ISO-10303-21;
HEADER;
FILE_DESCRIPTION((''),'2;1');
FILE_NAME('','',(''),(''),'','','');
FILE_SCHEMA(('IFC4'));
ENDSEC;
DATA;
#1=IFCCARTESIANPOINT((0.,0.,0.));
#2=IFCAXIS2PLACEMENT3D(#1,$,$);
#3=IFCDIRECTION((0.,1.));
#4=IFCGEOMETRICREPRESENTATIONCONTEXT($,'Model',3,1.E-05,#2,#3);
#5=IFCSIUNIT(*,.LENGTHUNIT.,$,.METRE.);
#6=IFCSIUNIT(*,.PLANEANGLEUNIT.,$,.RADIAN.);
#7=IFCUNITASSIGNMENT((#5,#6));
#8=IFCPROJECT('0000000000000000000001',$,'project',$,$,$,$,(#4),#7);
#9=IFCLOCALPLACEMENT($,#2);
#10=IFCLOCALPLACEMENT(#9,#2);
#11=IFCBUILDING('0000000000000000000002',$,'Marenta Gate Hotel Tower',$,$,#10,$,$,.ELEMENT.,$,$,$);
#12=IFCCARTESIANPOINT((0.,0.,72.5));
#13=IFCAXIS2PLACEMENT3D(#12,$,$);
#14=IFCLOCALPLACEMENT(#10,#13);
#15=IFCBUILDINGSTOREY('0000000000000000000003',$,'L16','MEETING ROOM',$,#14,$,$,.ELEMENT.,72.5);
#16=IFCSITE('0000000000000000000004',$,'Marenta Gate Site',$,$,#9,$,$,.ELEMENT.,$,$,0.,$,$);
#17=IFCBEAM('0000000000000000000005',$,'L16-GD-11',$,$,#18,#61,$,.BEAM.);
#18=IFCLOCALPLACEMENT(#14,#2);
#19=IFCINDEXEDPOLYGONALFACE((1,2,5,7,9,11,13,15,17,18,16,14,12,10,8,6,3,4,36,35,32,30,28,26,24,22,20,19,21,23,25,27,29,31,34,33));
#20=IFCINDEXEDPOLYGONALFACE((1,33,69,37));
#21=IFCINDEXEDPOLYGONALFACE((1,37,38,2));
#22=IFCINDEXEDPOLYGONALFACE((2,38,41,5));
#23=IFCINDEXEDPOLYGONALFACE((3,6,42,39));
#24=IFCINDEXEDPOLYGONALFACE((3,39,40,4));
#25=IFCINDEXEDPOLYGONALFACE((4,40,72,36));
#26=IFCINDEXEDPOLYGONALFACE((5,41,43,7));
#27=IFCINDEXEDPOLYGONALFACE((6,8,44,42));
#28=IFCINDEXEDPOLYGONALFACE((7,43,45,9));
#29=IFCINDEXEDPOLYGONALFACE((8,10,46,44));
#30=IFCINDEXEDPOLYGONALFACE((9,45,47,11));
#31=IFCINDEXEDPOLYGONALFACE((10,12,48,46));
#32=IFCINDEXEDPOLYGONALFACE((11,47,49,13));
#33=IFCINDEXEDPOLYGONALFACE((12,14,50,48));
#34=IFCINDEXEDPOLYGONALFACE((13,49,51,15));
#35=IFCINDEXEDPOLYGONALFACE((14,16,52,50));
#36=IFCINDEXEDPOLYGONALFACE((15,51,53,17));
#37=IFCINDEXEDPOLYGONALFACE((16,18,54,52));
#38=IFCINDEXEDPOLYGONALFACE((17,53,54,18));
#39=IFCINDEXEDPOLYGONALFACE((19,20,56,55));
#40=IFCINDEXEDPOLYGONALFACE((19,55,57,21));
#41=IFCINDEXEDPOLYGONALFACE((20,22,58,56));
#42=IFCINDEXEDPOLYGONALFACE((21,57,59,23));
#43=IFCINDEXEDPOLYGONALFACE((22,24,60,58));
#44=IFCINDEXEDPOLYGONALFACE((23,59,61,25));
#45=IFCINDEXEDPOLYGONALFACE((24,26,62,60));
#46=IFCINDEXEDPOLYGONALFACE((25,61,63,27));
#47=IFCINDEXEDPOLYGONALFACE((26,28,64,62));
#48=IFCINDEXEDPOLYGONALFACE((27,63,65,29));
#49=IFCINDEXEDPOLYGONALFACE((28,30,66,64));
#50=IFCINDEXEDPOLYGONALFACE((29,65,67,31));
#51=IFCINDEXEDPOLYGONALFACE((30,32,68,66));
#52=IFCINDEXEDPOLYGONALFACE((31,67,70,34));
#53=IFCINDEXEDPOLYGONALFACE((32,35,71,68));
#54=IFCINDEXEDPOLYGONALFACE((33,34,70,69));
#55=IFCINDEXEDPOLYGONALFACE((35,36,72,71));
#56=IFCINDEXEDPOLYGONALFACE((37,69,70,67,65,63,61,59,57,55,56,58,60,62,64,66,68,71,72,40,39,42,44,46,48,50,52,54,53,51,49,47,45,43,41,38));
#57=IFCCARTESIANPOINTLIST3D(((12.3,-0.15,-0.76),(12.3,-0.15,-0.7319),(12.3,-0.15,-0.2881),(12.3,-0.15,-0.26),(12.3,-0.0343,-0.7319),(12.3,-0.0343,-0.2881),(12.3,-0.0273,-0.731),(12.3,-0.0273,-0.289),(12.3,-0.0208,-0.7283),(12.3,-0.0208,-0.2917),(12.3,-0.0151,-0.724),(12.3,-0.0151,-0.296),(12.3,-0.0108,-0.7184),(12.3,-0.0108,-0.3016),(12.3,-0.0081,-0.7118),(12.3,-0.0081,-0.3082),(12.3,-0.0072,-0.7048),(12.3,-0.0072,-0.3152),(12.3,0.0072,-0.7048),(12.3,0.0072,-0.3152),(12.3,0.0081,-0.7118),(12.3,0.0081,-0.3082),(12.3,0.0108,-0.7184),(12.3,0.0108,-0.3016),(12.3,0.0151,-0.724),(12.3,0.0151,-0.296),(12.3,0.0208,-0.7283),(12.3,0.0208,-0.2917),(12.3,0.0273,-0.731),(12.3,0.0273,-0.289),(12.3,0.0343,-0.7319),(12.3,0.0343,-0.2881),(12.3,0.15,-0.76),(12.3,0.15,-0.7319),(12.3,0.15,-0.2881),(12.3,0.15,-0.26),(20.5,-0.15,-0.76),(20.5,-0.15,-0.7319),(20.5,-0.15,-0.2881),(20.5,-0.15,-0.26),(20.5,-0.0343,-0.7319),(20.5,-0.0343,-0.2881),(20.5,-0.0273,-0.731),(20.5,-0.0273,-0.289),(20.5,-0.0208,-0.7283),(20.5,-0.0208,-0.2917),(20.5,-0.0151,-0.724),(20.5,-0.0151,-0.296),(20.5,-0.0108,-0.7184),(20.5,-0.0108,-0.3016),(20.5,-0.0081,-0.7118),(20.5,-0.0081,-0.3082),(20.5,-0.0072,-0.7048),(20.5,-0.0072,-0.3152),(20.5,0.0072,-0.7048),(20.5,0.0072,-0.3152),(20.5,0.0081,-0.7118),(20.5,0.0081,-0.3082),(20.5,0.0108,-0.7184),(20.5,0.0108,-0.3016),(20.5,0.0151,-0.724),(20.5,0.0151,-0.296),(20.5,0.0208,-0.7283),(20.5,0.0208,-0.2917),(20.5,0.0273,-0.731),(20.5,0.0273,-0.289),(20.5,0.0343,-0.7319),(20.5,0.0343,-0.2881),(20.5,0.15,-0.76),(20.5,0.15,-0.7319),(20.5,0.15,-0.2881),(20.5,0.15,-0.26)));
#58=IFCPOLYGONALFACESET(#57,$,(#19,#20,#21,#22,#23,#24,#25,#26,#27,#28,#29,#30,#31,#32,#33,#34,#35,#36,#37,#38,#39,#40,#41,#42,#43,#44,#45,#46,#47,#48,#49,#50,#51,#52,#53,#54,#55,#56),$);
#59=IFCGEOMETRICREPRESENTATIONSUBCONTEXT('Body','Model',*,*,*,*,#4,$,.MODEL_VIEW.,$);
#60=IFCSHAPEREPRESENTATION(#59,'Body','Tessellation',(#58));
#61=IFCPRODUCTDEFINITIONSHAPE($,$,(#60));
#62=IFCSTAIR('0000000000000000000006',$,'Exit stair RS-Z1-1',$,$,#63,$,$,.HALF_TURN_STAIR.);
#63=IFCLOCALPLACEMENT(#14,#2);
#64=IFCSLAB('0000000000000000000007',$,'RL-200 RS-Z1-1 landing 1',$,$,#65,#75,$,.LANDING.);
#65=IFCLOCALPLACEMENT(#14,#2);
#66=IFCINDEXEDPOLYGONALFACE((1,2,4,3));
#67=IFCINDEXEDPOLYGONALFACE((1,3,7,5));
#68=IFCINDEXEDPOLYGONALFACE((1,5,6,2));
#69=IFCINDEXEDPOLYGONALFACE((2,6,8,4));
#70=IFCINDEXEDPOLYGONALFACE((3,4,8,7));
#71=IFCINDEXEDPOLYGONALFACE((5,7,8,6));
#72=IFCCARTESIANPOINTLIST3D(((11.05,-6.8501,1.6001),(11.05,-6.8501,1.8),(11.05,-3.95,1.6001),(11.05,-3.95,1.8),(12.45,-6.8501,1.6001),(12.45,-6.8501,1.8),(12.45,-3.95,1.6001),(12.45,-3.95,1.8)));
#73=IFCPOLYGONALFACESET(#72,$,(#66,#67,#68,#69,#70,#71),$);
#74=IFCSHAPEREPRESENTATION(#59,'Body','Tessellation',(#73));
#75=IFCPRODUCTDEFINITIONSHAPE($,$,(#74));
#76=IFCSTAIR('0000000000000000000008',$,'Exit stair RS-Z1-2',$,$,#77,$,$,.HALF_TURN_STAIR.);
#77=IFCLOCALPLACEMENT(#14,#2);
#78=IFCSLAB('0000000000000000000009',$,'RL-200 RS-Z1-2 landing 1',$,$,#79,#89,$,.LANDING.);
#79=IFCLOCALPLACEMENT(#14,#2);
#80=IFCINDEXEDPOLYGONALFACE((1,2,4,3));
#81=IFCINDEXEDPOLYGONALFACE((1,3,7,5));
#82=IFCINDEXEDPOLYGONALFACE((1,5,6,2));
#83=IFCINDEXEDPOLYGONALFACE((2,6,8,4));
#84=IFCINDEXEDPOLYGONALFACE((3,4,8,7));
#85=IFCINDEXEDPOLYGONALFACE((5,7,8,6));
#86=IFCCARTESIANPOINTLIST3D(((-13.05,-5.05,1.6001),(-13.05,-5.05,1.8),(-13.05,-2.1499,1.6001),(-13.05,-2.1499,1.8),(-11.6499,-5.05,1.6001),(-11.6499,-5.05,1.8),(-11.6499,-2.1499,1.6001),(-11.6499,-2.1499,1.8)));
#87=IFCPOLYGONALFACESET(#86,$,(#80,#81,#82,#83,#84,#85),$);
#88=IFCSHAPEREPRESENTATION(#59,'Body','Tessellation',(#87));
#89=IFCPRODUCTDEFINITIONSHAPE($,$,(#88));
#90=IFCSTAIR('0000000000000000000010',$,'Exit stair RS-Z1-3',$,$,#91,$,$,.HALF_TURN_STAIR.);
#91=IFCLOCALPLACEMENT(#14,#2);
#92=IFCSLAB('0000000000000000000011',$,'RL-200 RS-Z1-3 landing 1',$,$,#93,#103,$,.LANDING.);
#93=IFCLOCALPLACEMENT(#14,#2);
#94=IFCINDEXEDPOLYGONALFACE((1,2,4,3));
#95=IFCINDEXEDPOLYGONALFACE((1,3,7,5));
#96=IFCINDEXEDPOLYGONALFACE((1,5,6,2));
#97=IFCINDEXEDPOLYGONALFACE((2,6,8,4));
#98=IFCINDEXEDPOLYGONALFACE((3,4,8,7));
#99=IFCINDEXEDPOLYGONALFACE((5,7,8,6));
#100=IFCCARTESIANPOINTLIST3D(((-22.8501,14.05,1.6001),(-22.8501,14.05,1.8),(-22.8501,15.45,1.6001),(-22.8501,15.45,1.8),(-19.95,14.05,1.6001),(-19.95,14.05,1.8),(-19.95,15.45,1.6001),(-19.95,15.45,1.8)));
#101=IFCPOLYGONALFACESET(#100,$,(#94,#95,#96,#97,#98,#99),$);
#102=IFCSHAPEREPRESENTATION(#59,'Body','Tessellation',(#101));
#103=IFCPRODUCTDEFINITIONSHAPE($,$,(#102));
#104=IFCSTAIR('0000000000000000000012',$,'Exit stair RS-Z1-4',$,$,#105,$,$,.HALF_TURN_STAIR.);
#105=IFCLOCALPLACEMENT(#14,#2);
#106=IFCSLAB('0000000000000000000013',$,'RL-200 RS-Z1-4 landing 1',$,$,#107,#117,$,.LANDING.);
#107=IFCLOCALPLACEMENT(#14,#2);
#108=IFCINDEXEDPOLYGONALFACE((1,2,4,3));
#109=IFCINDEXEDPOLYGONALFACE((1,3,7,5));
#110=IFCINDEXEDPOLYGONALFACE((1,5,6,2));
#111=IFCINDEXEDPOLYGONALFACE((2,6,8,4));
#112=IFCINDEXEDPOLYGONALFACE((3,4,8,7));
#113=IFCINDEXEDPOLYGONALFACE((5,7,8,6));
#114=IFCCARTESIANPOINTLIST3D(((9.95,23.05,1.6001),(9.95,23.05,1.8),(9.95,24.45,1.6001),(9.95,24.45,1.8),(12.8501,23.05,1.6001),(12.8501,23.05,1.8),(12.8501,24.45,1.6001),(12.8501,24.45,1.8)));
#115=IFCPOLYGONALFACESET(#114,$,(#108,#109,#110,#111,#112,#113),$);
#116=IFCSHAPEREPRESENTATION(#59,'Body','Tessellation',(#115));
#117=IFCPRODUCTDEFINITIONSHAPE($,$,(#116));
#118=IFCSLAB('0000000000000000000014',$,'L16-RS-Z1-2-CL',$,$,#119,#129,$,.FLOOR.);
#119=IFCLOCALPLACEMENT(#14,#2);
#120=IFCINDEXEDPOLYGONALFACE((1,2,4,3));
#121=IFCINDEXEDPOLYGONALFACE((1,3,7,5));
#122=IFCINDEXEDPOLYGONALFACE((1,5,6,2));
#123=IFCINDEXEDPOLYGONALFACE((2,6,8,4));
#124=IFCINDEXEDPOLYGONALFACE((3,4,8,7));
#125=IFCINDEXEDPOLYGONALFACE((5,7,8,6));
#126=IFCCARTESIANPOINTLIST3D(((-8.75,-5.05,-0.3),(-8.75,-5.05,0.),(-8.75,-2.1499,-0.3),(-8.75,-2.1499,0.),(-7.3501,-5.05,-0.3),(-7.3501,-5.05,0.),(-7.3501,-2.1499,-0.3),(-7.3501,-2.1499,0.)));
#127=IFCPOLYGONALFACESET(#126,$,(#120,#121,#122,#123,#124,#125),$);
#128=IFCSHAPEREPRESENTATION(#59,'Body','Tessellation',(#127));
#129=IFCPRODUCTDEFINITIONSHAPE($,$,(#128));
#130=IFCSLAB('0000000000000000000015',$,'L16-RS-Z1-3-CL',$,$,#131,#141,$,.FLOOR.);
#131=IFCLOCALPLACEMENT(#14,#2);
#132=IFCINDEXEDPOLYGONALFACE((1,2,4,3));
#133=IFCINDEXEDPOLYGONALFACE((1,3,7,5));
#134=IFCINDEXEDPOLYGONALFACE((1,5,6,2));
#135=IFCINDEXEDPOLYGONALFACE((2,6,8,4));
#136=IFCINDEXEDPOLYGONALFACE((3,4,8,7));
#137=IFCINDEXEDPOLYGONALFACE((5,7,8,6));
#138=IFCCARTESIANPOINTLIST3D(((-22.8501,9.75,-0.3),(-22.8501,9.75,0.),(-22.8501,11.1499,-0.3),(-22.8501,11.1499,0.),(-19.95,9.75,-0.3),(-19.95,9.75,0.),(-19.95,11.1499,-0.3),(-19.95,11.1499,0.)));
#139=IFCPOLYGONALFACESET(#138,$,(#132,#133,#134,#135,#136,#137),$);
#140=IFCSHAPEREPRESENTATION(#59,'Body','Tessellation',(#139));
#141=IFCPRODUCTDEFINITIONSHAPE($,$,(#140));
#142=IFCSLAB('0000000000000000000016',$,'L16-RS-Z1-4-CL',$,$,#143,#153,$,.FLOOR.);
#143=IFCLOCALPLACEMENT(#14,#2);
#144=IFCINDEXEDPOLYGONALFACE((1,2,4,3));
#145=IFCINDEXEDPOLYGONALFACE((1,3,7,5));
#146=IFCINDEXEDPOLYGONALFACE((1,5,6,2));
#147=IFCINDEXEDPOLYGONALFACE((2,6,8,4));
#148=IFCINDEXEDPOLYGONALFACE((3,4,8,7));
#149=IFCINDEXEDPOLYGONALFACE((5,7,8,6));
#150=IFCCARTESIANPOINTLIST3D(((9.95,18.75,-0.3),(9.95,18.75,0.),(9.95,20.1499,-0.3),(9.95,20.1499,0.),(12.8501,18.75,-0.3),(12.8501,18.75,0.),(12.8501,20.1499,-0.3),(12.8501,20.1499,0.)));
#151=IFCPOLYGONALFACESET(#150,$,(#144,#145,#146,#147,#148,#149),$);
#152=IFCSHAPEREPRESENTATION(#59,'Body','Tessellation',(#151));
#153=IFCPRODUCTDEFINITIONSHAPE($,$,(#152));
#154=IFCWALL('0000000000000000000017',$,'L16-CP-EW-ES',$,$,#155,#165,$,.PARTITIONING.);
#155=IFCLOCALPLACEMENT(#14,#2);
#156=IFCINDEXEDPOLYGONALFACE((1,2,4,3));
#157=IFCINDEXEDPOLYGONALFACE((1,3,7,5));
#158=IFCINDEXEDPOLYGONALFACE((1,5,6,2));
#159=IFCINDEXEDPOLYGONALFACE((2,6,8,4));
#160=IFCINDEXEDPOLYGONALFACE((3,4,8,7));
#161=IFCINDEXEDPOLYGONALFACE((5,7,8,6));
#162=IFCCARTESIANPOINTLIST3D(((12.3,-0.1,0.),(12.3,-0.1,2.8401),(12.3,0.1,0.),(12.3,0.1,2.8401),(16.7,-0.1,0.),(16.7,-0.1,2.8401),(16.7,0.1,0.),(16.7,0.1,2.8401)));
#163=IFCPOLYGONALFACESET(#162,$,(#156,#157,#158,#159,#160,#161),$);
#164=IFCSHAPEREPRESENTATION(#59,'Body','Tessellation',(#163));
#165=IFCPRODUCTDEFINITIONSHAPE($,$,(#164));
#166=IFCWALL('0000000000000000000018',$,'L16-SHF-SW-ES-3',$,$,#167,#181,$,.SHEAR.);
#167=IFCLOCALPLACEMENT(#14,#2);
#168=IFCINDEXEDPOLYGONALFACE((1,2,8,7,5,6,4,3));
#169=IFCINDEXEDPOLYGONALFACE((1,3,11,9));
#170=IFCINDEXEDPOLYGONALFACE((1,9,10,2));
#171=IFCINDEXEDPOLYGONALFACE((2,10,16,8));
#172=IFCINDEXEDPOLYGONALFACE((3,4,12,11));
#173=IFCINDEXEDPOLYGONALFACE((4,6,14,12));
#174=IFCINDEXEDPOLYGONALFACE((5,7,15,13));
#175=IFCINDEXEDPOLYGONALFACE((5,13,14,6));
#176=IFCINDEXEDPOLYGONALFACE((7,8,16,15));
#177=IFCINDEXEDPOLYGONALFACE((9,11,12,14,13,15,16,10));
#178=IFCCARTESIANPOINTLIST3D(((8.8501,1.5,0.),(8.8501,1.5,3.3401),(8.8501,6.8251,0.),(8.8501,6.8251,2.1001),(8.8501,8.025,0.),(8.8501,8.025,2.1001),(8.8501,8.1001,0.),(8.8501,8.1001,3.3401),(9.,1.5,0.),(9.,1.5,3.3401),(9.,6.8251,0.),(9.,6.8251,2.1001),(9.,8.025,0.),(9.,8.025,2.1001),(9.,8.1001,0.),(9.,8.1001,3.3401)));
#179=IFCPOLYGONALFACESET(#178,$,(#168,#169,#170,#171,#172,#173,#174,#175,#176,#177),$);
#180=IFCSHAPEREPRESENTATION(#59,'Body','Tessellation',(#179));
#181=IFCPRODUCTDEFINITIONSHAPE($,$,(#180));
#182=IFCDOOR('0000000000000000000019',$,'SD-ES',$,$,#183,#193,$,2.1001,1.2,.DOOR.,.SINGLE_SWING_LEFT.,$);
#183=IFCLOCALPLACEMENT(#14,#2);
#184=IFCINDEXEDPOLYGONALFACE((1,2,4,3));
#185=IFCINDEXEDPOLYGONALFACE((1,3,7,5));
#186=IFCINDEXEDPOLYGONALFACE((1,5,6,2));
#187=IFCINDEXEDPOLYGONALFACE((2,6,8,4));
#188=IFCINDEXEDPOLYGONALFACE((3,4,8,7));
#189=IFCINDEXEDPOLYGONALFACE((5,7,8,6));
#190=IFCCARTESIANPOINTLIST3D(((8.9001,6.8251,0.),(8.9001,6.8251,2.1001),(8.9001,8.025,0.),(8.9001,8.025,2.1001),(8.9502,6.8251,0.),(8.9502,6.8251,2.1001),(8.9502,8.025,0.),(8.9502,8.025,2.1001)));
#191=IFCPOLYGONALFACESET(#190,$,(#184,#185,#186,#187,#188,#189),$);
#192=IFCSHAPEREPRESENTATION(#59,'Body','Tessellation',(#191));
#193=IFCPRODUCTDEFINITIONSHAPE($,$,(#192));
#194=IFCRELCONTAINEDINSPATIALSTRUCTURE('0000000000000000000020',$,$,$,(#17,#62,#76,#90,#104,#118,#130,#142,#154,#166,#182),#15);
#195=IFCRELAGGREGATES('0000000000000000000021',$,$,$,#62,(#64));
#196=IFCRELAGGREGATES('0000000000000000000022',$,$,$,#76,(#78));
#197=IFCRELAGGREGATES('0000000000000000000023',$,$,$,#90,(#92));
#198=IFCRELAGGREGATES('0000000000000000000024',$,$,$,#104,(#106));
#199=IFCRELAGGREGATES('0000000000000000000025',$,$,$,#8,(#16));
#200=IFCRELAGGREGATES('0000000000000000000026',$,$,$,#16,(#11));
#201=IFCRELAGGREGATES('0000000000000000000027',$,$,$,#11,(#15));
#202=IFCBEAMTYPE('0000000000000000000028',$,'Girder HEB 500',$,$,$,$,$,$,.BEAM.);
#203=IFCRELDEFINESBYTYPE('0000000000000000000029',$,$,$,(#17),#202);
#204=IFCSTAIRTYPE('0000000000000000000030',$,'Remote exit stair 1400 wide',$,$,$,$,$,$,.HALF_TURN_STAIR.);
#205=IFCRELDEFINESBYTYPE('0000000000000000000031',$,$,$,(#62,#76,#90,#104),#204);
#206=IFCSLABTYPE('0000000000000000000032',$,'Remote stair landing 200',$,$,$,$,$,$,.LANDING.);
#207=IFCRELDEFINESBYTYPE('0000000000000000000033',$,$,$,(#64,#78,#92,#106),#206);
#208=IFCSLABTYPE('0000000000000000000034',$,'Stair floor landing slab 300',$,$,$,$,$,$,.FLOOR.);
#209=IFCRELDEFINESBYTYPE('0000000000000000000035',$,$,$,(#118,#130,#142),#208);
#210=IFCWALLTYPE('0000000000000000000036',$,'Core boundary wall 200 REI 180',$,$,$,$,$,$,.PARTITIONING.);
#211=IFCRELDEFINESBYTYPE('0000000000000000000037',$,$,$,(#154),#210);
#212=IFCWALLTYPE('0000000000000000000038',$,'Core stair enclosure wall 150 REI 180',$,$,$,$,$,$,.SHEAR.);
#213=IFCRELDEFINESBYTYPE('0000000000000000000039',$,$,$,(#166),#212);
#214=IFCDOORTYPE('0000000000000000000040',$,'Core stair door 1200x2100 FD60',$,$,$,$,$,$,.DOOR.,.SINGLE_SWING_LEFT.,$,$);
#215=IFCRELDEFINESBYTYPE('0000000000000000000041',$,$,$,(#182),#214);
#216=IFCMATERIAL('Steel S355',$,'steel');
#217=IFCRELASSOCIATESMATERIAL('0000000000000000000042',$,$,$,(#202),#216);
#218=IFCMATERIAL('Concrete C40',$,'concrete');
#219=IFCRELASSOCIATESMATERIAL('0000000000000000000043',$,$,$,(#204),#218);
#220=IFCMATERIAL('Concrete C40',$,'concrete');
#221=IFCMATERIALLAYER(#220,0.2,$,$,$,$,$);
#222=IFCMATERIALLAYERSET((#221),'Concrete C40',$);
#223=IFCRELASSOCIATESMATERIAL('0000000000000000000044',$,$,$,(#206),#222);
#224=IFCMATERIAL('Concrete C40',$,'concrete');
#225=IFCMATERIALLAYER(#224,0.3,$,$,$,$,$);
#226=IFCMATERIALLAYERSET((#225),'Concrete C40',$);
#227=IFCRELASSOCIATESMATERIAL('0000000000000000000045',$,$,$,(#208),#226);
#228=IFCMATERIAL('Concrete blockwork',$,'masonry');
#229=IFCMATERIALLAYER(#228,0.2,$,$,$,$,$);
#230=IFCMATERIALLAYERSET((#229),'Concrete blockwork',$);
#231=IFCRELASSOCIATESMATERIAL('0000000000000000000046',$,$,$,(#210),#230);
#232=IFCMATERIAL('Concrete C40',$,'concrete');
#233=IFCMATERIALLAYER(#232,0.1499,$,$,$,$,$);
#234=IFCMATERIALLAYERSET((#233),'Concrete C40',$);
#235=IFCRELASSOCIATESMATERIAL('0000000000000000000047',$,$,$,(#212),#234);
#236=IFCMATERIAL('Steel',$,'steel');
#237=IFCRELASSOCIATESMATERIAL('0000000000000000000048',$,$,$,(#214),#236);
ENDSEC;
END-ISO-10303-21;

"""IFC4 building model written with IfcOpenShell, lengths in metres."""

from ifc_helpers import new_model, si_unit, direction, frame, frame_2d, origin, origin_2d, place, context, subcontext, project, spatial, polyline, rectangle, i_section, outline, extrude, material, layer, layer_set, material_profile, profile_set, type_object, element, fill, aggregate, save


model = new_model("IFC4")

# Units and contexts
model_context = context("Model", 3, precision=1e-05, world=origin(), true_north=direction((0.0, 1.0)))
body_context = subcontext(model_context, "Body", "Model", "MODEL_VIEW")
ifc_project = project(units=[si_unit("LENGTHUNIT", "METRE"), si_unit("PLANEANGLEUNIT", "RADIAN")], contexts=[model_context])

# Site, building, storey
site_placement = place(None, origin())
site = spatial("IfcSite", under=ifc_project, at=site_placement, Name="Marenta Gate Site", CompositionType="ELEMENT", RefElevation=0.0)
building_placement = place(site_placement, origin())
building = spatial("IfcBuilding", under=site, at=building_placement, Name="Marenta Gate Hotel Tower", CompositionType="ELEMENT")
storey_placement = place(building_placement, frame((0.0, 0.0, 72.5)))
storey = spatial("IfcBuildingStorey", under=building, at=storey_placement, Name="L16", Description="MEETING ROOM", CompositionType="ELEMENT", Elevation=72.5)

# Beam
ifc_material_1 = material(Name="Steel S355", Category="steel")
ifc_material_profile = material_profile(ifc_material_1, i_section(OverallWidth=0.3, OverallDepth=0.5, WebThickness=0.0144, FlangeThickness=0.0281, FilletRadius=0.0271, at=origin_2d()), Name="HEB 500")
ifc_profile_set = profile_set([ifc_material_profile], Name="Steel S355")
beam_type = type_object("IfcBeamType", Name="Girder HEB 500", PredefinedType="BEAM", material=ifc_profile_set)
beam_placement = place(storey_placement, frame((12.3, 0.0, -0.51), z_axis=(1.0, 0.0, 0.0), x_axis=(0.0, 1.0, 0.0)))
element("IfcBeam", 1, at=beam_placement, inside=storey, type_object=beam_type, Name="L16-GD-11", PredefinedType="BEAM", context=body_context, shape_type="SweptSolid", body=[
    extrude(i_section(OverallWidth=0.3, OverallDepth=0.5, WebThickness=0.0144, FlangeThickness=0.0281, FilletRadius=0.0271, at=origin_2d()), origin(), (0.0, 0.0, 1.0), 8.2),
])

# Stairs, slabs
ifc_material_2 = material(Name="Concrete C40", Category="concrete")
stair_type = type_object("IfcStairType", Name="Remote exit stair 1400 wide", PredefinedType="HALF_TURN_STAIR", material=ifc_material_2)
stair_1_placement = place(storey_placement, origin())
stair_1 = element("IfcStair", 2, at=stair_1_placement, inside=storey, type_object=stair_type, Name="Exit stair RS-Z1-1", PredefinedType="HALF_TURN_STAIR")
ifc_material_3 = material(Name="Concrete C40", Category="concrete")
ifc_layer_1 = layer(ifc_material_3, 0.2)
ifc_layer_set_1 = layer_set([ifc_layer_1], Name="Concrete C40")
slab_type_1 = type_object("IfcSlabType", Name="Remote stair landing 200", PredefinedType="LANDING", material=ifc_layer_set_1)
slab_1_placement = place(storey_placement, frame((0.0, 0.0, 1.6001)))
slab_1 = element("IfcSlab", 3, at=slab_1_placement, type_object=slab_type_1, Name="RL-200 RS-Z1-1 landing 1", PredefinedType="LANDING", context=body_context, shape_type="SweptSolid", body=[
    extrude(outline(polyline([(11.05, -6.8501), (12.45, -6.8501), (12.45, -3.95), (11.05, -3.95), (11.05, -6.8501)])), origin(), (0.0, 0.0, 1.0), 0.2),
])
aggregate(stair_1, [slab_1])
stair_2_placement = place(storey_placement, origin())
stair_2 = element("IfcStair", 4, at=stair_2_placement, inside=storey, type_object=stair_type, Name="Exit stair RS-Z1-2", PredefinedType="HALF_TURN_STAIR")
slab_2_placement = place(storey_placement, frame((0.0, 0.0, 1.6001)))
slab_2 = element("IfcSlab", 5, at=slab_2_placement, type_object=slab_type_1, Name="RL-200 RS-Z1-2 landing 1", PredefinedType="LANDING", context=body_context, shape_type="SweptSolid", body=[
    extrude(outline(polyline([(-13.05, -5.05), (-11.6499, -5.05), (-11.6499, -2.1499), (-13.05, -2.1499), (-13.05, -5.05)])), origin(), (0.0, 0.0, 1.0), 0.2),
])
aggregate(stair_2, [slab_2])
stair_3_placement = place(storey_placement, origin())
stair_3 = element("IfcStair", 6, at=stair_3_placement, inside=storey, type_object=stair_type, Name="Exit stair RS-Z1-3", PredefinedType="HALF_TURN_STAIR")
slab_3_placement = place(storey_placement, frame((0.0, 0.0, 1.6001)))
slab_3 = element("IfcSlab", 7, at=slab_3_placement, type_object=slab_type_1, Name="RL-200 RS-Z1-3 landing 1", PredefinedType="LANDING", context=body_context, shape_type="SweptSolid", body=[
    extrude(outline(polyline([(-22.8501, 14.05), (-19.95, 14.05), (-19.95, 15.45), (-22.8501, 15.45), (-22.8501, 14.05)])), origin(), (0.0, 0.0, 1.0), 0.2),
])
aggregate(stair_3, [slab_3])
stair_4_placement = place(storey_placement, origin())
stair_4 = element("IfcStair", 8, at=stair_4_placement, inside=storey, type_object=stair_type, Name="Exit stair RS-Z1-4", PredefinedType="HALF_TURN_STAIR")
slab_4_placement = place(storey_placement, frame((0.0, 0.0, 1.6001)))
slab_4 = element("IfcSlab", 9, at=slab_4_placement, type_object=slab_type_1, Name="RL-200 RS-Z1-4 landing 1", PredefinedType="LANDING", context=body_context, shape_type="SweptSolid", body=[
    extrude(outline(polyline([(9.95, 23.05), (12.8501, 23.05), (12.8501, 24.45), (9.95, 24.45), (9.95, 23.05)])), origin(), (0.0, 0.0, 1.0), 0.2),
])
aggregate(stair_4, [slab_4])

# Slabs
ifc_material_4 = material(Name="Concrete C40", Category="concrete")
ifc_layer_2 = layer(ifc_material_4, 0.3)
ifc_layer_set_2 = layer_set([ifc_layer_2], Name="Concrete C40")
slab_type_2 = type_object("IfcSlabType", Name="Stair floor landing slab 300", PredefinedType="FLOOR", material=ifc_layer_set_2)
slab_5_placement = place(storey_placement, frame((0.0, 0.0, -0.3)))
element("IfcSlab", 10, at=slab_5_placement, inside=storey, type_object=slab_type_2, Name="L16-RS-Z1-2-CL", PredefinedType="FLOOR", context=body_context, shape_type="SweptSolid", body=[
    extrude(outline(polyline([(-7.3501, -5.05), (-7.3501, -2.1499), (-8.75, -2.1499), (-8.75, -5.05), (-7.3501, -5.05)])), origin(), (0.0, 0.0, 1.0), 0.3),
])
slab_6_placement = place(storey_placement, frame((0.0, 0.0, -0.3)))
element("IfcSlab", 11, at=slab_6_placement, inside=storey, type_object=slab_type_2, Name="L16-RS-Z1-3-CL", PredefinedType="FLOOR", context=body_context, shape_type="SweptSolid", body=[
    extrude(outline(polyline([(-19.95, 9.75), (-19.95, 11.1499), (-22.8501, 11.1499), (-22.8501, 9.75), (-19.95, 9.75)])), origin(), (0.0, 0.0, 1.0), 0.3),
])
slab_7_placement = place(storey_placement, frame((0.0, 0.0, -0.3)))
element("IfcSlab", 12, at=slab_7_placement, inside=storey, type_object=slab_type_2, Name="L16-RS-Z1-4-CL", PredefinedType="FLOOR", context=body_context, shape_type="SweptSolid", body=[
    extrude(outline(polyline([(12.8501, 18.75), (12.8501, 20.1499), (9.95, 20.1499), (9.95, 18.75), (12.8501, 18.75)])), origin(), (0.0, 0.0, 1.0), 0.3),
])

# Wall
ifc_material_5 = material(Name="Concrete blockwork", Category="masonry")
ifc_layer_3 = layer(ifc_material_5, 0.2)
ifc_layer_set_3 = layer_set([ifc_layer_3], Name="Concrete blockwork")
wall_type_1 = type_object("IfcWallType", Name="Core boundary wall 200 REI 180", PredefinedType="PARTITIONING", material=ifc_layer_set_3)
wall_1_placement = place(storey_placement, frame((12.3, 0.0, 0.0), z_axis=(0.0, 0.0, 1.0), x_axis=(1.0, 0.0, 0.0)))
element("IfcWall", 13, at=wall_1_placement, inside=storey, type_object=wall_type_1, Name="L16-CP-EW-ES", PredefinedType="PARTITIONING", context=body_context, shape_type="SweptSolid", body=[
    extrude(rectangle(XDim=4.3999, YDim=0.2, at=frame_2d((2.2, 0.0))), origin(), (0.0, 0.0, 1.0), 2.8401),
])

# Wall, opening, door
ifc_material_6 = material(Name="Concrete C40", Category="concrete")
ifc_layer_4 = layer(ifc_material_6, 0.1499)
ifc_layer_set_4 = layer_set([ifc_layer_4], Name="Concrete C40")
wall_type_2 = type_object("IfcWallType", Name="Core stair enclosure wall 150 REI 180", PredefinedType="SHEAR", material=ifc_layer_set_4)
wall_2_placement = place(storey_placement, frame((8.925, 1.5, 0.0), z_axis=(0.0, 0.0, 1.0), x_axis=(0.0, 1.0, 0.0)))
wall_2 = element("IfcWall", 14, at=wall_2_placement, inside=storey, type_object=wall_type_2, Name="L16-SHF-SW-ES-3", PredefinedType="SHEAR", context=body_context, shape_type="SweptSolid", body=[
    extrude(rectangle(XDim=6.6001, YDim=0.1499, at=frame_2d((3.3, 0.0))), origin(), (0.0, 0.0, 1.0), 3.3401),
])
opening_1_placement = place(wall_2_placement, frame((5.325, 0.0, 0.0)))
opening_1 = element("IfcOpeningElement", 15, at=opening_1_placement, cuts=wall_2, PredefinedType="OPENING", context=body_context, shape_type="SweptSolid", body=[
    extrude(rectangle(XDim=1.2, YDim=2.1001, at=frame_2d((0.6001, 1.05))), frame((0.0, 0.075, 0.0), z_axis=(0.0, -1.0, 0.0), x_axis=(1.0, 0.0, 0.0)), (0.0, 0.0, 1.0), 0.1499),
])
ifc_material_7 = material(Name="Steel", Category="steel")
door_type_1 = type_object("IfcDoorType", Name="Core stair door 1200x2100 FD60", OperationType="SINGLE_SWING_LEFT", PredefinedType="DOOR", material=ifc_material_7)
door_1_placement = place(opening_1_placement, origin())
door_1 = element("IfcDoor", 16, at=door_1_placement, inside=storey, type_object=door_type_1, Name="SD-ES", OperationType="SINGLE_SWING_LEFT", OverallHeight=2.1001, OverallWidth=1.2, PredefinedType="DOOR", context=body_context, shape_type="SweptSolid", body=[
    extrude(rectangle(XDim=1.2, YDim=2.1001, at=frame_2d((0.6001, 1.05))), frame((0.0, 0.0249, 0.0), z_axis=(0.0, -1.0, 0.0), x_axis=(1.0, 0.0, 0.0)), (0.0, 0.0, 1.0), 0.05),
])
fill(opening_1, door_1)

save(model, "model.ifc")
